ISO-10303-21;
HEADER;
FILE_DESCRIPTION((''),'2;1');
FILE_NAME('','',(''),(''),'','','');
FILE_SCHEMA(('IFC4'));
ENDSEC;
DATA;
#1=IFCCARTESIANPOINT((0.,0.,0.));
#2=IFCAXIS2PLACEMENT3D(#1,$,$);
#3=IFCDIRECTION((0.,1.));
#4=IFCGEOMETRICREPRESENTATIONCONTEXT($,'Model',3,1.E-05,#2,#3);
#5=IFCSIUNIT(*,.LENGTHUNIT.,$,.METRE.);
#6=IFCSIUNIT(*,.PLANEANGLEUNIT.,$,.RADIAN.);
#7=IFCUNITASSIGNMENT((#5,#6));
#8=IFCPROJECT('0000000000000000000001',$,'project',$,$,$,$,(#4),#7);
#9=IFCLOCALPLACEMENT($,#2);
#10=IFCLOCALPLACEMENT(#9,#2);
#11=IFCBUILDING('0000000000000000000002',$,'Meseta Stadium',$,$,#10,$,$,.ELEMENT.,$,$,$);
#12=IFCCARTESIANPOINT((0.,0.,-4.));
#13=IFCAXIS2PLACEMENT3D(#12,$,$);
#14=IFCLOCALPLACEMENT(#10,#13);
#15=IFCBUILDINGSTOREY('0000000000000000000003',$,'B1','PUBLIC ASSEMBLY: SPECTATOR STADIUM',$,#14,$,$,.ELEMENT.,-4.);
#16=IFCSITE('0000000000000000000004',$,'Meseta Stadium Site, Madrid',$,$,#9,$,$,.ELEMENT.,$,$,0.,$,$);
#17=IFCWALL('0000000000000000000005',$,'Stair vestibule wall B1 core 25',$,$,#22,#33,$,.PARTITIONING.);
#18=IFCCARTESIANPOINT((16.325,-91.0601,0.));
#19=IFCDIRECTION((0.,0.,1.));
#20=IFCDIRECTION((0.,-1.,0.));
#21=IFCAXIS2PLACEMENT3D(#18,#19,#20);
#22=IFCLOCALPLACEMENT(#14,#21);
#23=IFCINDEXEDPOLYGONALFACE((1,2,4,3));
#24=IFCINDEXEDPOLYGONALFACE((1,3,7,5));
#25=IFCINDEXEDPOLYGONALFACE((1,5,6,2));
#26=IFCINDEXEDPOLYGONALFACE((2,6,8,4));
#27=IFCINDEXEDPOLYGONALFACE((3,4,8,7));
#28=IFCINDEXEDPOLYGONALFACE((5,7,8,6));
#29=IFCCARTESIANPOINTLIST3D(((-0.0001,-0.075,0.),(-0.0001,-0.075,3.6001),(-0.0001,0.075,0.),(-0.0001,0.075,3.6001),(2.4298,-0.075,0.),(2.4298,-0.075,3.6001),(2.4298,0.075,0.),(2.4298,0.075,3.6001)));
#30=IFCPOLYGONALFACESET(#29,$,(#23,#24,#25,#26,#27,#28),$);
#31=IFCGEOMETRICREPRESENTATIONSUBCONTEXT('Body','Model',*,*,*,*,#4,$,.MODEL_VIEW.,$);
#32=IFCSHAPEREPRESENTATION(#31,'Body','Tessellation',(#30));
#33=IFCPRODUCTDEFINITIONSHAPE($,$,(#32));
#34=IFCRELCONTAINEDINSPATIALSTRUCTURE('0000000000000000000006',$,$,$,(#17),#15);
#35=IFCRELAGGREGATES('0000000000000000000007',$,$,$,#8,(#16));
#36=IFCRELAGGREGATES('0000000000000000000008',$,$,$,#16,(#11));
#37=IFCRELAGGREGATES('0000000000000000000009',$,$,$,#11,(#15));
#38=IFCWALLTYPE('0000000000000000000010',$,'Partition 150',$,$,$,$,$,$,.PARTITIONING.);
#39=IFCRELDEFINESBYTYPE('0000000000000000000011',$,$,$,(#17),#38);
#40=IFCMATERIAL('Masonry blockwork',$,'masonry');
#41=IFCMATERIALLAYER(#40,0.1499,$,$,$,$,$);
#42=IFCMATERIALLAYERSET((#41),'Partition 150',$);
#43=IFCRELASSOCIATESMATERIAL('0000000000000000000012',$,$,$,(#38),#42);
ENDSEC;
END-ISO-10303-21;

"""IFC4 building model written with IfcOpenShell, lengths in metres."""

from ifc_helpers import new_model, si_unit, direction, frame, frame_2d, origin, place, context, subcontext, project, spatial, rectangle, extrude, material, layer, layer_set, type_object, element, save


model = new_model("IFC4")

# Units and contexts
model_context = context("Model", 3, precision=1e-05, world=origin(), true_north=direction((0.0, 1.0)))
body_context = subcontext(model_context, "Body", "Model", "MODEL_VIEW")
ifc_project = project(units=[si_unit("LENGTHUNIT", "METRE"), si_unit("PLANEANGLEUNIT", "RADIAN")], contexts=[model_context])

# Site, building, storey
site_placement = place(None, origin())
site = spatial("IfcSite", under=ifc_project, at=site_placement, Name="Meseta Stadium Site, Madrid", CompositionType="ELEMENT", RefElevation=0.0)
building_placement = place(site_placement, origin())
building = spatial("IfcBuilding", under=site, at=building_placement, Name="Meseta Stadium", CompositionType="ELEMENT")
storey_placement = place(building_placement, frame((0.0, 0.0, -4.0)))
storey = spatial("IfcBuildingStorey", under=building, at=storey_placement, Name="B1", Description="PUBLIC ASSEMBLY: SPECTATOR STADIUM", CompositionType="ELEMENT", Elevation=-4.0)

# Shared definitions
ifc_material_1 = material(Name="Masonry blockwork", Category="masonry")
ifc_layer_1 = layer(ifc_material_1, 0.1499)
ifc_layer_set_1 = layer_set([ifc_layer_1], Name="Partition 150")
wall_type_1 = type_object("IfcWallType", Name="Partition 150", PredefinedType="PARTITIONING", material=ifc_layer_set_1)

# Wall
wall_1_placement = place(storey_placement, frame((16.325, -91.0601, 0.0), z_axis=(0.0, 0.0, 1.0), x_axis=(0.0, -1.0, 0.0)))
element("IfcWall", 1, at=wall_1_placement, inside=storey, type_object=wall_type_1, Name="Stair vestibule wall B1 core 25", PredefinedType="PARTITIONING", context=body_context, shape_type="SweptSolid", body=[
    extrude(rectangle(XDim=2.4299, YDim=0.1499, at=frame_2d((1.2148, 0.0))), origin(), (0.0, 0.0, 1.0), 3.6001),
])

save(model, "model.ifc")
